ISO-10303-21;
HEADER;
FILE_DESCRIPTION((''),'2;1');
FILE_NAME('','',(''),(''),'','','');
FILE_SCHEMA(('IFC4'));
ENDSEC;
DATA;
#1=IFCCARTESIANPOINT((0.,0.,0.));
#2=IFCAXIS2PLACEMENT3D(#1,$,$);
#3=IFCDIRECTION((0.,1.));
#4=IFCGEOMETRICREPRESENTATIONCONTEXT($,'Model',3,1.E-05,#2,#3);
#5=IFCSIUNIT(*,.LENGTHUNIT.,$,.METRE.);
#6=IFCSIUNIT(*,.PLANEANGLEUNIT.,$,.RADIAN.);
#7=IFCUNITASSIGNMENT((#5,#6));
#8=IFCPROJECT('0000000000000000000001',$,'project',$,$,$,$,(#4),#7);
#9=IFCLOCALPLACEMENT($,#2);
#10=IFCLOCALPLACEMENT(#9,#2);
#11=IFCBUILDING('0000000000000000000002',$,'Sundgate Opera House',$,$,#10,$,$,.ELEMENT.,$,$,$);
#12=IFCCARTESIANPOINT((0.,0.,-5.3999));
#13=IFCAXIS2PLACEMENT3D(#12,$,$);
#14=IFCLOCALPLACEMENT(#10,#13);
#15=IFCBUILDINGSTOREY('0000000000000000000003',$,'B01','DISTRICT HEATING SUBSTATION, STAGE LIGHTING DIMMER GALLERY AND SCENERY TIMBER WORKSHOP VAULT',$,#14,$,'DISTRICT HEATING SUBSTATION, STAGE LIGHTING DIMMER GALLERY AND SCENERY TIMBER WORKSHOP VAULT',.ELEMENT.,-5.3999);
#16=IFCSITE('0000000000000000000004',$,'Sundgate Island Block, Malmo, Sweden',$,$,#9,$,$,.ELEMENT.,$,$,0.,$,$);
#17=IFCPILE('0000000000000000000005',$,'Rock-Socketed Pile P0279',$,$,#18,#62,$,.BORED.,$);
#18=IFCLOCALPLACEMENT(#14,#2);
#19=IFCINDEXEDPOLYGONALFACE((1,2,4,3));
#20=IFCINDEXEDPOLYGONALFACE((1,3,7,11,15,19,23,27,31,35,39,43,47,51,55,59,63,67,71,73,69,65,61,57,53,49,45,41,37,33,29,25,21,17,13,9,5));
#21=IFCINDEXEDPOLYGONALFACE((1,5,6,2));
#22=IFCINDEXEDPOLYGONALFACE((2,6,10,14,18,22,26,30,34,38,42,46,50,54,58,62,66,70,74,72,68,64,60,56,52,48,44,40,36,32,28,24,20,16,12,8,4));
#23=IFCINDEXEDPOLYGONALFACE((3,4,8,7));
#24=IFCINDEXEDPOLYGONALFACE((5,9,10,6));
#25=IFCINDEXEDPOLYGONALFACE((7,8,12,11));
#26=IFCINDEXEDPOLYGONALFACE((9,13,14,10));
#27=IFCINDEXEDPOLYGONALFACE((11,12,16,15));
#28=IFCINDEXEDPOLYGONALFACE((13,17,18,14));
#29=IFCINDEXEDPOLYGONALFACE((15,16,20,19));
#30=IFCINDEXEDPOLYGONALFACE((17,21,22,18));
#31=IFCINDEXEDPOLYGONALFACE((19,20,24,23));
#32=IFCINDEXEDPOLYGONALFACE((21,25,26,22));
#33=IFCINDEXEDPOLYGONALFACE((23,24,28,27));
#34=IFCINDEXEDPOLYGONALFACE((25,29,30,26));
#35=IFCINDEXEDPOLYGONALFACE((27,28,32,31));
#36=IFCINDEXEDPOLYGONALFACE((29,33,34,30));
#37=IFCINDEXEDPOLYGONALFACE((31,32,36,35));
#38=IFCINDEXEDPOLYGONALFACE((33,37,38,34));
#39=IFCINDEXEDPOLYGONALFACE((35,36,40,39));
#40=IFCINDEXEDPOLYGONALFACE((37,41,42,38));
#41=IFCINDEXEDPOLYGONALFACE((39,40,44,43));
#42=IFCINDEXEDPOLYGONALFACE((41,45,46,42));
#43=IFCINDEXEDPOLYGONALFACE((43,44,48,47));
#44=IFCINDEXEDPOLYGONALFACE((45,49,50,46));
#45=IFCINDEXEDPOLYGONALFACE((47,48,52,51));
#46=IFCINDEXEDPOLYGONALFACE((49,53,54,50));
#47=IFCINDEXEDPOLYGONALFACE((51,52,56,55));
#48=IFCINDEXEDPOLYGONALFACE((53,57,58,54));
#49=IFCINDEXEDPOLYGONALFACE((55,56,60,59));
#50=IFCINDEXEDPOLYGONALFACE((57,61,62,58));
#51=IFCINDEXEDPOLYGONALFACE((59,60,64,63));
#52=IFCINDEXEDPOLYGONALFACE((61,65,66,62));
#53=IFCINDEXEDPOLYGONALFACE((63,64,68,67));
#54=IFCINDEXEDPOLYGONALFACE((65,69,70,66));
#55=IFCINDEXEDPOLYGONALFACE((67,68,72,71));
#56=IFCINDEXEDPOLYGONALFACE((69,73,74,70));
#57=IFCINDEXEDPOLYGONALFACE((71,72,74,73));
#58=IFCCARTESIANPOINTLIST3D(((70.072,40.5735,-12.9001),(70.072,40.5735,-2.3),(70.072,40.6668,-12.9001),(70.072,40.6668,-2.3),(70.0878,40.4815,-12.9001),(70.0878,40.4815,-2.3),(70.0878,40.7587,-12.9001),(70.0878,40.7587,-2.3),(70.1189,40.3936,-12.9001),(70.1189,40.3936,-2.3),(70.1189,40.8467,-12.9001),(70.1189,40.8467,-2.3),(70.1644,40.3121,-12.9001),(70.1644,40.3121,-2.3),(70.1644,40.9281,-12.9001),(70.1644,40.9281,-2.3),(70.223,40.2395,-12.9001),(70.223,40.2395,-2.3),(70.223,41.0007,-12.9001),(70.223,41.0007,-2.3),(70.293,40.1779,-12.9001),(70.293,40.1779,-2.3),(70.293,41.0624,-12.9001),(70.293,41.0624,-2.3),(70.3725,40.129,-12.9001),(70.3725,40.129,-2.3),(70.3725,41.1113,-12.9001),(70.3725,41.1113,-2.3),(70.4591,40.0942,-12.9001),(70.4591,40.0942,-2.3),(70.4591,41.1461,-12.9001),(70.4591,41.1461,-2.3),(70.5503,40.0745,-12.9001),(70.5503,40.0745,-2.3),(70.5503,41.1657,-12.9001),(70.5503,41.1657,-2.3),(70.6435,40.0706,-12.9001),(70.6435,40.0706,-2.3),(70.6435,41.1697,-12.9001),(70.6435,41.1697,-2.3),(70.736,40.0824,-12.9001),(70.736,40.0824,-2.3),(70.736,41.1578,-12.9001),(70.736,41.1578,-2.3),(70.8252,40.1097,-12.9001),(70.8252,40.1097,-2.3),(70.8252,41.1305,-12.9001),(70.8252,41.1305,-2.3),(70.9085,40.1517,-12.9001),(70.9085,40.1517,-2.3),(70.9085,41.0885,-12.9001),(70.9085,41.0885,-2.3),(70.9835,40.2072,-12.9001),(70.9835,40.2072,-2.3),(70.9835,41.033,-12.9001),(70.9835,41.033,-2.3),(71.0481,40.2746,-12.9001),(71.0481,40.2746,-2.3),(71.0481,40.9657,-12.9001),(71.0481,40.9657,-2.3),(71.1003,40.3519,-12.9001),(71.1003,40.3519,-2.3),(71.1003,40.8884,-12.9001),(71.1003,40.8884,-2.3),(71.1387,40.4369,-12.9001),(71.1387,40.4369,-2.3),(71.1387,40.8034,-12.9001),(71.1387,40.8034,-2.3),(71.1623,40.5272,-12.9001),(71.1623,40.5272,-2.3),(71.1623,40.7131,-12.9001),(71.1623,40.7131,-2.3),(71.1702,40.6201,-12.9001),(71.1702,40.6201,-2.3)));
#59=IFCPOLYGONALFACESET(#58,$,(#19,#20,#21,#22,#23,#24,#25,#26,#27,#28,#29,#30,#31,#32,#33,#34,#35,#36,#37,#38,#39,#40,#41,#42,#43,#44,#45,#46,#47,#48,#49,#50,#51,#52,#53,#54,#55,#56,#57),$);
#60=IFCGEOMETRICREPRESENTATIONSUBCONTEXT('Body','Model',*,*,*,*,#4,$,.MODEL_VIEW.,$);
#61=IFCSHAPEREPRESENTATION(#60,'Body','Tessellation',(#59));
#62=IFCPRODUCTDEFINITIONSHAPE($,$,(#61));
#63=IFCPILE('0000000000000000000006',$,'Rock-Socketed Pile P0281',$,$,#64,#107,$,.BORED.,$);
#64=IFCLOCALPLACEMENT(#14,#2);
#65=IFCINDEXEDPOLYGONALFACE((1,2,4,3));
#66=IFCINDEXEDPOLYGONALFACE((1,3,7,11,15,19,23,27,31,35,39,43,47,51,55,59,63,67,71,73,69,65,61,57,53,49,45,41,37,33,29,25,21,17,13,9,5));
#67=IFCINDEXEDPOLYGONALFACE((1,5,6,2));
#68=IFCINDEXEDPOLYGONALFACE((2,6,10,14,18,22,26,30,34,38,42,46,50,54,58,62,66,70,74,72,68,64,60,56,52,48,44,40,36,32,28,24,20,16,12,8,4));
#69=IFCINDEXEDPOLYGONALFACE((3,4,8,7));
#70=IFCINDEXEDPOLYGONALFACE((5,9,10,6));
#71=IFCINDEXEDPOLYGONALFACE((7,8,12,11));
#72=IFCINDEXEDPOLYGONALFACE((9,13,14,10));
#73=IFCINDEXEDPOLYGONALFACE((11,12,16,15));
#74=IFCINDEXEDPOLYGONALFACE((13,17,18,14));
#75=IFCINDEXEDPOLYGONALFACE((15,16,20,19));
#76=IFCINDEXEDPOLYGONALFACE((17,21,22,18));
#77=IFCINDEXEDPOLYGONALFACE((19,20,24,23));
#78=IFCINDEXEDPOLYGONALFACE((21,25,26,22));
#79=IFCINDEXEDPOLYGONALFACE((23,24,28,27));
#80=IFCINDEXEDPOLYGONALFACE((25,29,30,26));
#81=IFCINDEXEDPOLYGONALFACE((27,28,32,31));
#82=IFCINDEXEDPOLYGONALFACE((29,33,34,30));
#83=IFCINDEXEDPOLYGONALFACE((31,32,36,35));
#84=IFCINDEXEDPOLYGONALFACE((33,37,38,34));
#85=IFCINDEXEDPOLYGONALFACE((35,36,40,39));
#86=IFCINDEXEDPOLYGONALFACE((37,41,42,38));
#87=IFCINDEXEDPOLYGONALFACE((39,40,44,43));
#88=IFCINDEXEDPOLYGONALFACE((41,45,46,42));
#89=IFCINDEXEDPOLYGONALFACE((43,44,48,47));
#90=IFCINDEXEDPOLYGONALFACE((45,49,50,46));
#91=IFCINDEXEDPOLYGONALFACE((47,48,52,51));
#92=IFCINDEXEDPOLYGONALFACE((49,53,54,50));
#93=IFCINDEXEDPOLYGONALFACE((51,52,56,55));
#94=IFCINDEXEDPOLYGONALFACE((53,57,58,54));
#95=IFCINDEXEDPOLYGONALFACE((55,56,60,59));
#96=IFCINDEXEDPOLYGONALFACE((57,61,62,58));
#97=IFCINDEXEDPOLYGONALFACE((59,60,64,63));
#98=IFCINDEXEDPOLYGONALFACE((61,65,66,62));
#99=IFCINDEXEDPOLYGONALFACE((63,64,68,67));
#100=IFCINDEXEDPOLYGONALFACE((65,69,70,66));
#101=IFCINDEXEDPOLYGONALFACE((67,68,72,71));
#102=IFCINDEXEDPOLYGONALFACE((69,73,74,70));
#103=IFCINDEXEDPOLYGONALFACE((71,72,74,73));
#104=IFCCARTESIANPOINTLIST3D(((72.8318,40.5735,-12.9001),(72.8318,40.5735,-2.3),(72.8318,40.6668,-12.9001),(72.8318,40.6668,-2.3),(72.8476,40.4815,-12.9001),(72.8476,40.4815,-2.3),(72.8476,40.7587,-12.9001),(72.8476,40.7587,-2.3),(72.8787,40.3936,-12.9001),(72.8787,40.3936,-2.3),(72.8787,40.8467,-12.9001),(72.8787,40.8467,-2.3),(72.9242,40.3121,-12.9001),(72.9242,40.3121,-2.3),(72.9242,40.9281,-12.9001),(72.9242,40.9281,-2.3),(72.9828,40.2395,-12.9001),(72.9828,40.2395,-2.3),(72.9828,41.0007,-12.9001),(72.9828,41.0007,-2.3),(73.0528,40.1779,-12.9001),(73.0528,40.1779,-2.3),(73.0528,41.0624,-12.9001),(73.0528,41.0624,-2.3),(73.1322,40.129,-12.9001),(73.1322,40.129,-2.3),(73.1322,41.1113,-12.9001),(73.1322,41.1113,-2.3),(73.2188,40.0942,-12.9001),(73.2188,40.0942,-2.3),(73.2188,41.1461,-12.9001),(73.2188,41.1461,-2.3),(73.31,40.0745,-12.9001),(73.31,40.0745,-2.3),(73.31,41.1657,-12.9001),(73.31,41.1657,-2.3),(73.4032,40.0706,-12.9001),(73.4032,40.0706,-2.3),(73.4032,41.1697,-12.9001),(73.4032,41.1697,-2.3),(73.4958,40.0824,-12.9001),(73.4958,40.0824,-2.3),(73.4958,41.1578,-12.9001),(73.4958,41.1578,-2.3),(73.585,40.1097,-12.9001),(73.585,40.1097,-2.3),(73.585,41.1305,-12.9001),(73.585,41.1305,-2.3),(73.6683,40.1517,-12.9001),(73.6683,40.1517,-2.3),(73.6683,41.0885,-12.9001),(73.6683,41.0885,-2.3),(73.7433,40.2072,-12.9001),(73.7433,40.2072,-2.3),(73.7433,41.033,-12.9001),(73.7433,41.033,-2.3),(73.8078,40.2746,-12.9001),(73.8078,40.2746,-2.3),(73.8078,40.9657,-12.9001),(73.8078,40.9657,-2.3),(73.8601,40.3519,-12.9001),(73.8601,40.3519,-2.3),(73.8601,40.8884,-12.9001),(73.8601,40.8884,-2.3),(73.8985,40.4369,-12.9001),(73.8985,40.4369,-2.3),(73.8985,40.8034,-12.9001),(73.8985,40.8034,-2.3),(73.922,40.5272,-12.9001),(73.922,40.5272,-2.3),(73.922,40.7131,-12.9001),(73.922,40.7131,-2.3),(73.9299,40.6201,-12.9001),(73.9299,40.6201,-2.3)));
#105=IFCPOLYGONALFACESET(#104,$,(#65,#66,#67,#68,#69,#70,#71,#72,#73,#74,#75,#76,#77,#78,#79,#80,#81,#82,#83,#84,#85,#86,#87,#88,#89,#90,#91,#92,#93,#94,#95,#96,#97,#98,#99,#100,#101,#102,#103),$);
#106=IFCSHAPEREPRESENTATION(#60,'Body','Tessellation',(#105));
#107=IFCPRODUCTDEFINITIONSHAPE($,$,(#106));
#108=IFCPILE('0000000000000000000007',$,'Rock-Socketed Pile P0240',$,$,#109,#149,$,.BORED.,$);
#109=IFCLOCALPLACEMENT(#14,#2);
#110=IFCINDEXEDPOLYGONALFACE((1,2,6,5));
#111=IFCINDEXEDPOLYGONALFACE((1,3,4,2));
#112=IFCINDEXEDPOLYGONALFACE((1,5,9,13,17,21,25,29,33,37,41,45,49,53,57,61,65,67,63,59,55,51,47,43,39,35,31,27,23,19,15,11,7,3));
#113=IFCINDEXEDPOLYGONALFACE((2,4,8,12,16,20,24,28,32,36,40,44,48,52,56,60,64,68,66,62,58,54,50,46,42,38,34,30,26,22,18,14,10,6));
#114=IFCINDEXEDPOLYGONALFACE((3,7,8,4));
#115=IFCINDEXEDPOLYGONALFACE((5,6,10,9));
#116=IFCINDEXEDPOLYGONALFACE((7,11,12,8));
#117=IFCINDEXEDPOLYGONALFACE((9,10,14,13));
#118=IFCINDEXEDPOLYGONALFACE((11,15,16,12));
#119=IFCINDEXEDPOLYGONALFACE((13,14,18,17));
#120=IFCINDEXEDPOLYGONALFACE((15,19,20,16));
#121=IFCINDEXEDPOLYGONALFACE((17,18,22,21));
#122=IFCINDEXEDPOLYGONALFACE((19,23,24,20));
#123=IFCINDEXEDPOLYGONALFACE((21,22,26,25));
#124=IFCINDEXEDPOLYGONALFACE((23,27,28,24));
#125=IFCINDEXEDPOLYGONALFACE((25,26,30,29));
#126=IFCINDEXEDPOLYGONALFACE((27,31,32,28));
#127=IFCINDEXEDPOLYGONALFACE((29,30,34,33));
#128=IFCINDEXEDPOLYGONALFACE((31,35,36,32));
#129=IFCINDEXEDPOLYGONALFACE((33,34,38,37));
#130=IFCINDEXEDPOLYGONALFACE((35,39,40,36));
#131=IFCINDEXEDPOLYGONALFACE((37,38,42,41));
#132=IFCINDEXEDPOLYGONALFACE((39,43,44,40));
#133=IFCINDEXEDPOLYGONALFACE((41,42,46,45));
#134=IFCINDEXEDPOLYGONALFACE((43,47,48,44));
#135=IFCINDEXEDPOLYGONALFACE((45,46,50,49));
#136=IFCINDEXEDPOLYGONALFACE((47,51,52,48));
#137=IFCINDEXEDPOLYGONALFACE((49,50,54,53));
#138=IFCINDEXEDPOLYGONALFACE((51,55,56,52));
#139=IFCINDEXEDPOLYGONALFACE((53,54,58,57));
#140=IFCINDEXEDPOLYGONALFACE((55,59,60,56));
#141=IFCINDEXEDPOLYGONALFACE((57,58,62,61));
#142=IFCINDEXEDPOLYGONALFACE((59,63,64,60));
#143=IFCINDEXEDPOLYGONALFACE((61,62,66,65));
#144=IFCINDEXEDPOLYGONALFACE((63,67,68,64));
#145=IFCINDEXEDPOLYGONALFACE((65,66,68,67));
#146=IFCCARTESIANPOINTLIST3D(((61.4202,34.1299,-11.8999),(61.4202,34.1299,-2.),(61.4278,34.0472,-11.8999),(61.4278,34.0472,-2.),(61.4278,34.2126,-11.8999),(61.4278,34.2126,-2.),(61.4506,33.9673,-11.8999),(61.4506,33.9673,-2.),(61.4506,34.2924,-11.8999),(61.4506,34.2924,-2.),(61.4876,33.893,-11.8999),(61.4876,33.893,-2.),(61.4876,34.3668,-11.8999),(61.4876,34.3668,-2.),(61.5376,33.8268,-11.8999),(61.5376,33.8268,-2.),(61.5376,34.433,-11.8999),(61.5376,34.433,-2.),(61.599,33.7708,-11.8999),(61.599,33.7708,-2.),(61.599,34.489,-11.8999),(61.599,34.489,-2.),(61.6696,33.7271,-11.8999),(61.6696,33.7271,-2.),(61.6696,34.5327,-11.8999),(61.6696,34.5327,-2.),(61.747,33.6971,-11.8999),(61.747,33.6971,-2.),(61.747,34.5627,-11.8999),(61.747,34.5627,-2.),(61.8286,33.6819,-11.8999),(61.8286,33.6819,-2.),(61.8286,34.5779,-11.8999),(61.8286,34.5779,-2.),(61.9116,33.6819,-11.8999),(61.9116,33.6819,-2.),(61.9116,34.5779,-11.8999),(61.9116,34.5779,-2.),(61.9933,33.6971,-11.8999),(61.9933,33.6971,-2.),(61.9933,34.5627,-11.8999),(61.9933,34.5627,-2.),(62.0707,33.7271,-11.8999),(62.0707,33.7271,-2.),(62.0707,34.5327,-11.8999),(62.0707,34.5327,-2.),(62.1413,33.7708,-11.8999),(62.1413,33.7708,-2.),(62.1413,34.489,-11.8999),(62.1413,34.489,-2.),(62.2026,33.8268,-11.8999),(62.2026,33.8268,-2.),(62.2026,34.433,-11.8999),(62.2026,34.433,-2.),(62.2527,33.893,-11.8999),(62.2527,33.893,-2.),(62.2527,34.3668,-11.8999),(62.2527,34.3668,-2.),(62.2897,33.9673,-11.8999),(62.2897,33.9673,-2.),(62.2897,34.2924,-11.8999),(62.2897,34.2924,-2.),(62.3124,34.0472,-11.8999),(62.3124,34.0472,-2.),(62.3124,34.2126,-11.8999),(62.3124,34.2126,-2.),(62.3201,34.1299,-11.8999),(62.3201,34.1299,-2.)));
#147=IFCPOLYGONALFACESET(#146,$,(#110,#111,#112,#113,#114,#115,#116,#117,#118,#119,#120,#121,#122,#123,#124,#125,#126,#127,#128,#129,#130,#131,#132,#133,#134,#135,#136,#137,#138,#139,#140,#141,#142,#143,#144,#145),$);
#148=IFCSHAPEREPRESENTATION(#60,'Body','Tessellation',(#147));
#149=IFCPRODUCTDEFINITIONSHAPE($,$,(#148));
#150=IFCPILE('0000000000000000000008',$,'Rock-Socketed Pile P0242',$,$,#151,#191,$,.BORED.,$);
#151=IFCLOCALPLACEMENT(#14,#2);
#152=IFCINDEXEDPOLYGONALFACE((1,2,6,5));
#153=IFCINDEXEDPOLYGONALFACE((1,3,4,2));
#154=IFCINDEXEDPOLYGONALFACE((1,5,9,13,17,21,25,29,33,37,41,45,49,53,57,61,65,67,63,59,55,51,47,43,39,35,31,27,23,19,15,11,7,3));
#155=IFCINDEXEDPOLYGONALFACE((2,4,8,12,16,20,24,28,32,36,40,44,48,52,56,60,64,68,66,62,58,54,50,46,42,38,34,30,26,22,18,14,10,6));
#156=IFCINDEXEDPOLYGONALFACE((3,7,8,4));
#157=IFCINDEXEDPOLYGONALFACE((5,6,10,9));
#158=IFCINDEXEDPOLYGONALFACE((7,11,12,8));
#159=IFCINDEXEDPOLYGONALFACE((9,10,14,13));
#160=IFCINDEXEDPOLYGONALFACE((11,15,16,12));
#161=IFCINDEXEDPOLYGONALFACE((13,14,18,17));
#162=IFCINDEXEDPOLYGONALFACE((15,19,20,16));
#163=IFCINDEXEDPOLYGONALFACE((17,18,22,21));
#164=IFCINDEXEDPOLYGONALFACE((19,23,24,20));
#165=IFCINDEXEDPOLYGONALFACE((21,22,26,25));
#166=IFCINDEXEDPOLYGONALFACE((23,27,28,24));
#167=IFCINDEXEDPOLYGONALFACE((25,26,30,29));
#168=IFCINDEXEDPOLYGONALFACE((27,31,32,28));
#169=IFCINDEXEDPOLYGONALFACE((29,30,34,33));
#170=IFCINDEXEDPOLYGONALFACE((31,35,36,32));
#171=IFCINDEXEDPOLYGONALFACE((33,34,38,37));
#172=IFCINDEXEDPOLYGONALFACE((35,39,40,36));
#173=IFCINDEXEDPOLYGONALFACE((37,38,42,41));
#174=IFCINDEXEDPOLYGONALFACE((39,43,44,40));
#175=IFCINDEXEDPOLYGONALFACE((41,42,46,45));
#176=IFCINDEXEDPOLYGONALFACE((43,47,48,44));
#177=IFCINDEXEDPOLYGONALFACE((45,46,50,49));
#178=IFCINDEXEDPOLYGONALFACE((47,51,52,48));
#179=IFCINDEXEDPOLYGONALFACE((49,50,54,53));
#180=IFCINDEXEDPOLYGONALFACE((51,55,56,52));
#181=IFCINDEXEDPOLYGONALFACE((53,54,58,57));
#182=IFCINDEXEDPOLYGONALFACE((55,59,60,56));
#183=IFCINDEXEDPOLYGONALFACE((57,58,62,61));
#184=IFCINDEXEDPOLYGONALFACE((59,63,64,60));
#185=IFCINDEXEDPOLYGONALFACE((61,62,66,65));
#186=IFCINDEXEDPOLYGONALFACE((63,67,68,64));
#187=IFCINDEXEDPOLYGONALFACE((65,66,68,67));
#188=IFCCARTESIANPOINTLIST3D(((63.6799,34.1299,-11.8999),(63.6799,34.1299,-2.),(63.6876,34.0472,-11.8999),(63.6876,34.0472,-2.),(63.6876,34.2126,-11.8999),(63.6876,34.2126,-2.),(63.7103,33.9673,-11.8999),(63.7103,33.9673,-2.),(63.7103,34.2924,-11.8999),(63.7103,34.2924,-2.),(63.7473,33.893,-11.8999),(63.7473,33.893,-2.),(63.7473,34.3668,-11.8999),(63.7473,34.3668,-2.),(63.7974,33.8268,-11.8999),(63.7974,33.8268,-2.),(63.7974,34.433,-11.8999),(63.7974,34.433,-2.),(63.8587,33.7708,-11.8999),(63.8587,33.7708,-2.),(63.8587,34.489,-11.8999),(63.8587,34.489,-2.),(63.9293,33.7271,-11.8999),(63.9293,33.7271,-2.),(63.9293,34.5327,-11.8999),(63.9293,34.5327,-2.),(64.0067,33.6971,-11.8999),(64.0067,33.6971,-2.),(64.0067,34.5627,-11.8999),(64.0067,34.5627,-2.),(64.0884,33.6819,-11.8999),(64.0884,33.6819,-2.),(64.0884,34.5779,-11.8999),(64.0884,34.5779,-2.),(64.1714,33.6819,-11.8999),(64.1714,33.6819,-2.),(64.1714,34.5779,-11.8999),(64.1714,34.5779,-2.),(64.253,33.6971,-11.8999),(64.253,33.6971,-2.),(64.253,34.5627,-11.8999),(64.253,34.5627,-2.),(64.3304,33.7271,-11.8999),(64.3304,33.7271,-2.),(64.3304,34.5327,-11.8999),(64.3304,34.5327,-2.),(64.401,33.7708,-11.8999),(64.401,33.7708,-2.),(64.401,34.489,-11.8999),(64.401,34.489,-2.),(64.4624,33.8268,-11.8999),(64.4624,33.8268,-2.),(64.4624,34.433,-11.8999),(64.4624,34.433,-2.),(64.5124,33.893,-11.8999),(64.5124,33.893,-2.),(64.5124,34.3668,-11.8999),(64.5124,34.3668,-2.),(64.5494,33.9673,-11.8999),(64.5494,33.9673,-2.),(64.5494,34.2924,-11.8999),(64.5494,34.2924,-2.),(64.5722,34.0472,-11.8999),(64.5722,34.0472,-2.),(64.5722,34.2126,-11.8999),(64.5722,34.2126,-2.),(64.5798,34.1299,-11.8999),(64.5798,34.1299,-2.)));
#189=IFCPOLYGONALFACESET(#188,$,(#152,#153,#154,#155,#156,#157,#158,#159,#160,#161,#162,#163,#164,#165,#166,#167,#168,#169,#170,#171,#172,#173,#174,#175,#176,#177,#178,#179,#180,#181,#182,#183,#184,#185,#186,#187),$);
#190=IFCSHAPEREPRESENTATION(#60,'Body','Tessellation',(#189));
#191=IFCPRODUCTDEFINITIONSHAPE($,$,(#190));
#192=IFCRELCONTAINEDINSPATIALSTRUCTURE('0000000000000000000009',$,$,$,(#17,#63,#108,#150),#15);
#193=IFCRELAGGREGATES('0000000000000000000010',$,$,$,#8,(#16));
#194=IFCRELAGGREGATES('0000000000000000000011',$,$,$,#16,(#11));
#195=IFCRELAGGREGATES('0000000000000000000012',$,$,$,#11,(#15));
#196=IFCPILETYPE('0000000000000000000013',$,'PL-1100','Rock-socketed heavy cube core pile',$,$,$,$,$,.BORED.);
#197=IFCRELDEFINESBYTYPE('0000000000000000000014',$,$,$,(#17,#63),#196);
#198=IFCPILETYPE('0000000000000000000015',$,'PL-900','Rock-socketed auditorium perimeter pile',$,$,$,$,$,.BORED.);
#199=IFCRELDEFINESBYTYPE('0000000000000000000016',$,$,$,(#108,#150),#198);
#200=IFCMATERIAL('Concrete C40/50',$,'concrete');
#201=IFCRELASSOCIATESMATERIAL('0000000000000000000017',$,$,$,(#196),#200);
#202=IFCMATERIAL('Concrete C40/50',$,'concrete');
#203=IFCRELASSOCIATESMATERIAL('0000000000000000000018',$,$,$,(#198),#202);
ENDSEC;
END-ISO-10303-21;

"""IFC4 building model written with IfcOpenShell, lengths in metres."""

from ifc_helpers import new_model, si_unit, direction, frame, origin, origin_2d, place, context, subcontext, project, spatial, circle, extrude, material, material_profile, profile_set, type_object, element, save


model = new_model("IFC4")

# Units and contexts
model_context = context("Model", 3, precision=1e-05, world=origin(), true_north=direction((0.0, 1.0)))
body_context = subcontext(model_context, "Body", "Model", "MODEL_VIEW")
ifc_project = project(units=[si_unit("LENGTHUNIT", "METRE"), si_unit("PLANEANGLEUNIT", "RADIAN")], contexts=[model_context])

# Site, building, storey
site_placement = place(None, origin())
site = spatial("IfcSite", under=ifc_project, at=site_placement, Name="Sundgate Island Block, Malmo, Sweden", CompositionType="ELEMENT", RefElevation=0.0)
building_placement = place(site_placement, origin())
building = spatial("IfcBuilding", under=site, at=building_placement, Name="Sundgate Opera House", CompositionType="ELEMENT")
storey_placement = place(building_placement, frame((0.0, 0.0, -5.3999)))
storey = spatial("IfcBuildingStorey", under=building, at=storey_placement, Name="B01", Description="DISTRICT HEATING SUBSTATION, STAGE LIGHTING DIMMER GALLERY AND SCENERY TIMBER WORKSHOP VAULT", LongName="DISTRICT HEATING SUBSTATION, STAGE LIGHTING DIMMER GALLERY AND SCENERY TIMBER WORKSHOP VAULT", CompositionType="ELEMENT", Elevation=-5.3999)

# Piles
ifc_material_1 = material(Name="Concrete C40/50", Category="concrete")
ifc_material_profile_1 = material_profile(ifc_material_1, circle(Radius=0.55, at=origin_2d()), Name="PILE D1100")
ifc_profile_set_1 = profile_set([ifc_material_profile_1], Name="Concrete C40/50")
pile_type_1 = type_object("IfcPileType", Name="PL-1100", Description="Rock-socketed heavy cube core pile", PredefinedType="BORED", material=ifc_profile_set_1)
for number, where, z_axis, x_axis, name in (
    (1, (70.6201, 40.6201, -2.3), (0.0, 0.0, -1.0), (1.0, 0.0, 0.0), "Rock-Socketed Pile P0279"),
    (2, (73.3799, 40.6201, -2.3), (0.0, 0.0, -1.0), (1.0, 0.0, 0.0), "Rock-Socketed Pile P0281"),
):
    element("IfcPile", number, at=place(storey_placement, frame(where, z_axis=z_axis, x_axis=x_axis)), inside=storey, type_object=pile_type_1, Name=name, PredefinedType="BORED", context=body_context, shape_type="SweptSolid", body=[
        extrude(circle(Radius=0.55, at=origin_2d()), origin(), (0.0, 0.0, 1.0), 10.6001),
    ])
ifc_material_2 = material(Name="Concrete C40/50", Category="concrete")
ifc_material_profile_2 = material_profile(ifc_material_2, circle(Radius=0.45, at=origin_2d()), Name="PILE D900")
ifc_profile_set_2 = profile_set([ifc_material_profile_2], Name="Concrete C40/50")
pile_type_2 = type_object("IfcPileType", Name="PL-900", Description="Rock-socketed auditorium perimeter pile", PredefinedType="BORED", material=ifc_profile_set_2)
for number, where, z_axis, x_axis, name in (
    (3, (61.8701, 34.1299, -2.0), (0.0, 0.0, -1.0), (1.0, 0.0, 0.0), "Rock-Socketed Pile P0240"),
    (4, (64.1299, 34.1299, -2.0), (0.0, 0.0, -1.0), (1.0, 0.0, 0.0), "Rock-Socketed Pile P0242"),
):
    element("IfcPile", number, at=place(storey_placement, frame(where, z_axis=z_axis, x_axis=x_axis)), inside=storey, type_object=pile_type_2, Name=name, PredefinedType="BORED", context=body_context, shape_type="SweptSolid", body=[
        extrude(circle(Radius=0.45, at=origin_2d()), origin(), (0.0, 0.0, 1.0), 9.8999),
    ])

save(model, "model.ifc")
